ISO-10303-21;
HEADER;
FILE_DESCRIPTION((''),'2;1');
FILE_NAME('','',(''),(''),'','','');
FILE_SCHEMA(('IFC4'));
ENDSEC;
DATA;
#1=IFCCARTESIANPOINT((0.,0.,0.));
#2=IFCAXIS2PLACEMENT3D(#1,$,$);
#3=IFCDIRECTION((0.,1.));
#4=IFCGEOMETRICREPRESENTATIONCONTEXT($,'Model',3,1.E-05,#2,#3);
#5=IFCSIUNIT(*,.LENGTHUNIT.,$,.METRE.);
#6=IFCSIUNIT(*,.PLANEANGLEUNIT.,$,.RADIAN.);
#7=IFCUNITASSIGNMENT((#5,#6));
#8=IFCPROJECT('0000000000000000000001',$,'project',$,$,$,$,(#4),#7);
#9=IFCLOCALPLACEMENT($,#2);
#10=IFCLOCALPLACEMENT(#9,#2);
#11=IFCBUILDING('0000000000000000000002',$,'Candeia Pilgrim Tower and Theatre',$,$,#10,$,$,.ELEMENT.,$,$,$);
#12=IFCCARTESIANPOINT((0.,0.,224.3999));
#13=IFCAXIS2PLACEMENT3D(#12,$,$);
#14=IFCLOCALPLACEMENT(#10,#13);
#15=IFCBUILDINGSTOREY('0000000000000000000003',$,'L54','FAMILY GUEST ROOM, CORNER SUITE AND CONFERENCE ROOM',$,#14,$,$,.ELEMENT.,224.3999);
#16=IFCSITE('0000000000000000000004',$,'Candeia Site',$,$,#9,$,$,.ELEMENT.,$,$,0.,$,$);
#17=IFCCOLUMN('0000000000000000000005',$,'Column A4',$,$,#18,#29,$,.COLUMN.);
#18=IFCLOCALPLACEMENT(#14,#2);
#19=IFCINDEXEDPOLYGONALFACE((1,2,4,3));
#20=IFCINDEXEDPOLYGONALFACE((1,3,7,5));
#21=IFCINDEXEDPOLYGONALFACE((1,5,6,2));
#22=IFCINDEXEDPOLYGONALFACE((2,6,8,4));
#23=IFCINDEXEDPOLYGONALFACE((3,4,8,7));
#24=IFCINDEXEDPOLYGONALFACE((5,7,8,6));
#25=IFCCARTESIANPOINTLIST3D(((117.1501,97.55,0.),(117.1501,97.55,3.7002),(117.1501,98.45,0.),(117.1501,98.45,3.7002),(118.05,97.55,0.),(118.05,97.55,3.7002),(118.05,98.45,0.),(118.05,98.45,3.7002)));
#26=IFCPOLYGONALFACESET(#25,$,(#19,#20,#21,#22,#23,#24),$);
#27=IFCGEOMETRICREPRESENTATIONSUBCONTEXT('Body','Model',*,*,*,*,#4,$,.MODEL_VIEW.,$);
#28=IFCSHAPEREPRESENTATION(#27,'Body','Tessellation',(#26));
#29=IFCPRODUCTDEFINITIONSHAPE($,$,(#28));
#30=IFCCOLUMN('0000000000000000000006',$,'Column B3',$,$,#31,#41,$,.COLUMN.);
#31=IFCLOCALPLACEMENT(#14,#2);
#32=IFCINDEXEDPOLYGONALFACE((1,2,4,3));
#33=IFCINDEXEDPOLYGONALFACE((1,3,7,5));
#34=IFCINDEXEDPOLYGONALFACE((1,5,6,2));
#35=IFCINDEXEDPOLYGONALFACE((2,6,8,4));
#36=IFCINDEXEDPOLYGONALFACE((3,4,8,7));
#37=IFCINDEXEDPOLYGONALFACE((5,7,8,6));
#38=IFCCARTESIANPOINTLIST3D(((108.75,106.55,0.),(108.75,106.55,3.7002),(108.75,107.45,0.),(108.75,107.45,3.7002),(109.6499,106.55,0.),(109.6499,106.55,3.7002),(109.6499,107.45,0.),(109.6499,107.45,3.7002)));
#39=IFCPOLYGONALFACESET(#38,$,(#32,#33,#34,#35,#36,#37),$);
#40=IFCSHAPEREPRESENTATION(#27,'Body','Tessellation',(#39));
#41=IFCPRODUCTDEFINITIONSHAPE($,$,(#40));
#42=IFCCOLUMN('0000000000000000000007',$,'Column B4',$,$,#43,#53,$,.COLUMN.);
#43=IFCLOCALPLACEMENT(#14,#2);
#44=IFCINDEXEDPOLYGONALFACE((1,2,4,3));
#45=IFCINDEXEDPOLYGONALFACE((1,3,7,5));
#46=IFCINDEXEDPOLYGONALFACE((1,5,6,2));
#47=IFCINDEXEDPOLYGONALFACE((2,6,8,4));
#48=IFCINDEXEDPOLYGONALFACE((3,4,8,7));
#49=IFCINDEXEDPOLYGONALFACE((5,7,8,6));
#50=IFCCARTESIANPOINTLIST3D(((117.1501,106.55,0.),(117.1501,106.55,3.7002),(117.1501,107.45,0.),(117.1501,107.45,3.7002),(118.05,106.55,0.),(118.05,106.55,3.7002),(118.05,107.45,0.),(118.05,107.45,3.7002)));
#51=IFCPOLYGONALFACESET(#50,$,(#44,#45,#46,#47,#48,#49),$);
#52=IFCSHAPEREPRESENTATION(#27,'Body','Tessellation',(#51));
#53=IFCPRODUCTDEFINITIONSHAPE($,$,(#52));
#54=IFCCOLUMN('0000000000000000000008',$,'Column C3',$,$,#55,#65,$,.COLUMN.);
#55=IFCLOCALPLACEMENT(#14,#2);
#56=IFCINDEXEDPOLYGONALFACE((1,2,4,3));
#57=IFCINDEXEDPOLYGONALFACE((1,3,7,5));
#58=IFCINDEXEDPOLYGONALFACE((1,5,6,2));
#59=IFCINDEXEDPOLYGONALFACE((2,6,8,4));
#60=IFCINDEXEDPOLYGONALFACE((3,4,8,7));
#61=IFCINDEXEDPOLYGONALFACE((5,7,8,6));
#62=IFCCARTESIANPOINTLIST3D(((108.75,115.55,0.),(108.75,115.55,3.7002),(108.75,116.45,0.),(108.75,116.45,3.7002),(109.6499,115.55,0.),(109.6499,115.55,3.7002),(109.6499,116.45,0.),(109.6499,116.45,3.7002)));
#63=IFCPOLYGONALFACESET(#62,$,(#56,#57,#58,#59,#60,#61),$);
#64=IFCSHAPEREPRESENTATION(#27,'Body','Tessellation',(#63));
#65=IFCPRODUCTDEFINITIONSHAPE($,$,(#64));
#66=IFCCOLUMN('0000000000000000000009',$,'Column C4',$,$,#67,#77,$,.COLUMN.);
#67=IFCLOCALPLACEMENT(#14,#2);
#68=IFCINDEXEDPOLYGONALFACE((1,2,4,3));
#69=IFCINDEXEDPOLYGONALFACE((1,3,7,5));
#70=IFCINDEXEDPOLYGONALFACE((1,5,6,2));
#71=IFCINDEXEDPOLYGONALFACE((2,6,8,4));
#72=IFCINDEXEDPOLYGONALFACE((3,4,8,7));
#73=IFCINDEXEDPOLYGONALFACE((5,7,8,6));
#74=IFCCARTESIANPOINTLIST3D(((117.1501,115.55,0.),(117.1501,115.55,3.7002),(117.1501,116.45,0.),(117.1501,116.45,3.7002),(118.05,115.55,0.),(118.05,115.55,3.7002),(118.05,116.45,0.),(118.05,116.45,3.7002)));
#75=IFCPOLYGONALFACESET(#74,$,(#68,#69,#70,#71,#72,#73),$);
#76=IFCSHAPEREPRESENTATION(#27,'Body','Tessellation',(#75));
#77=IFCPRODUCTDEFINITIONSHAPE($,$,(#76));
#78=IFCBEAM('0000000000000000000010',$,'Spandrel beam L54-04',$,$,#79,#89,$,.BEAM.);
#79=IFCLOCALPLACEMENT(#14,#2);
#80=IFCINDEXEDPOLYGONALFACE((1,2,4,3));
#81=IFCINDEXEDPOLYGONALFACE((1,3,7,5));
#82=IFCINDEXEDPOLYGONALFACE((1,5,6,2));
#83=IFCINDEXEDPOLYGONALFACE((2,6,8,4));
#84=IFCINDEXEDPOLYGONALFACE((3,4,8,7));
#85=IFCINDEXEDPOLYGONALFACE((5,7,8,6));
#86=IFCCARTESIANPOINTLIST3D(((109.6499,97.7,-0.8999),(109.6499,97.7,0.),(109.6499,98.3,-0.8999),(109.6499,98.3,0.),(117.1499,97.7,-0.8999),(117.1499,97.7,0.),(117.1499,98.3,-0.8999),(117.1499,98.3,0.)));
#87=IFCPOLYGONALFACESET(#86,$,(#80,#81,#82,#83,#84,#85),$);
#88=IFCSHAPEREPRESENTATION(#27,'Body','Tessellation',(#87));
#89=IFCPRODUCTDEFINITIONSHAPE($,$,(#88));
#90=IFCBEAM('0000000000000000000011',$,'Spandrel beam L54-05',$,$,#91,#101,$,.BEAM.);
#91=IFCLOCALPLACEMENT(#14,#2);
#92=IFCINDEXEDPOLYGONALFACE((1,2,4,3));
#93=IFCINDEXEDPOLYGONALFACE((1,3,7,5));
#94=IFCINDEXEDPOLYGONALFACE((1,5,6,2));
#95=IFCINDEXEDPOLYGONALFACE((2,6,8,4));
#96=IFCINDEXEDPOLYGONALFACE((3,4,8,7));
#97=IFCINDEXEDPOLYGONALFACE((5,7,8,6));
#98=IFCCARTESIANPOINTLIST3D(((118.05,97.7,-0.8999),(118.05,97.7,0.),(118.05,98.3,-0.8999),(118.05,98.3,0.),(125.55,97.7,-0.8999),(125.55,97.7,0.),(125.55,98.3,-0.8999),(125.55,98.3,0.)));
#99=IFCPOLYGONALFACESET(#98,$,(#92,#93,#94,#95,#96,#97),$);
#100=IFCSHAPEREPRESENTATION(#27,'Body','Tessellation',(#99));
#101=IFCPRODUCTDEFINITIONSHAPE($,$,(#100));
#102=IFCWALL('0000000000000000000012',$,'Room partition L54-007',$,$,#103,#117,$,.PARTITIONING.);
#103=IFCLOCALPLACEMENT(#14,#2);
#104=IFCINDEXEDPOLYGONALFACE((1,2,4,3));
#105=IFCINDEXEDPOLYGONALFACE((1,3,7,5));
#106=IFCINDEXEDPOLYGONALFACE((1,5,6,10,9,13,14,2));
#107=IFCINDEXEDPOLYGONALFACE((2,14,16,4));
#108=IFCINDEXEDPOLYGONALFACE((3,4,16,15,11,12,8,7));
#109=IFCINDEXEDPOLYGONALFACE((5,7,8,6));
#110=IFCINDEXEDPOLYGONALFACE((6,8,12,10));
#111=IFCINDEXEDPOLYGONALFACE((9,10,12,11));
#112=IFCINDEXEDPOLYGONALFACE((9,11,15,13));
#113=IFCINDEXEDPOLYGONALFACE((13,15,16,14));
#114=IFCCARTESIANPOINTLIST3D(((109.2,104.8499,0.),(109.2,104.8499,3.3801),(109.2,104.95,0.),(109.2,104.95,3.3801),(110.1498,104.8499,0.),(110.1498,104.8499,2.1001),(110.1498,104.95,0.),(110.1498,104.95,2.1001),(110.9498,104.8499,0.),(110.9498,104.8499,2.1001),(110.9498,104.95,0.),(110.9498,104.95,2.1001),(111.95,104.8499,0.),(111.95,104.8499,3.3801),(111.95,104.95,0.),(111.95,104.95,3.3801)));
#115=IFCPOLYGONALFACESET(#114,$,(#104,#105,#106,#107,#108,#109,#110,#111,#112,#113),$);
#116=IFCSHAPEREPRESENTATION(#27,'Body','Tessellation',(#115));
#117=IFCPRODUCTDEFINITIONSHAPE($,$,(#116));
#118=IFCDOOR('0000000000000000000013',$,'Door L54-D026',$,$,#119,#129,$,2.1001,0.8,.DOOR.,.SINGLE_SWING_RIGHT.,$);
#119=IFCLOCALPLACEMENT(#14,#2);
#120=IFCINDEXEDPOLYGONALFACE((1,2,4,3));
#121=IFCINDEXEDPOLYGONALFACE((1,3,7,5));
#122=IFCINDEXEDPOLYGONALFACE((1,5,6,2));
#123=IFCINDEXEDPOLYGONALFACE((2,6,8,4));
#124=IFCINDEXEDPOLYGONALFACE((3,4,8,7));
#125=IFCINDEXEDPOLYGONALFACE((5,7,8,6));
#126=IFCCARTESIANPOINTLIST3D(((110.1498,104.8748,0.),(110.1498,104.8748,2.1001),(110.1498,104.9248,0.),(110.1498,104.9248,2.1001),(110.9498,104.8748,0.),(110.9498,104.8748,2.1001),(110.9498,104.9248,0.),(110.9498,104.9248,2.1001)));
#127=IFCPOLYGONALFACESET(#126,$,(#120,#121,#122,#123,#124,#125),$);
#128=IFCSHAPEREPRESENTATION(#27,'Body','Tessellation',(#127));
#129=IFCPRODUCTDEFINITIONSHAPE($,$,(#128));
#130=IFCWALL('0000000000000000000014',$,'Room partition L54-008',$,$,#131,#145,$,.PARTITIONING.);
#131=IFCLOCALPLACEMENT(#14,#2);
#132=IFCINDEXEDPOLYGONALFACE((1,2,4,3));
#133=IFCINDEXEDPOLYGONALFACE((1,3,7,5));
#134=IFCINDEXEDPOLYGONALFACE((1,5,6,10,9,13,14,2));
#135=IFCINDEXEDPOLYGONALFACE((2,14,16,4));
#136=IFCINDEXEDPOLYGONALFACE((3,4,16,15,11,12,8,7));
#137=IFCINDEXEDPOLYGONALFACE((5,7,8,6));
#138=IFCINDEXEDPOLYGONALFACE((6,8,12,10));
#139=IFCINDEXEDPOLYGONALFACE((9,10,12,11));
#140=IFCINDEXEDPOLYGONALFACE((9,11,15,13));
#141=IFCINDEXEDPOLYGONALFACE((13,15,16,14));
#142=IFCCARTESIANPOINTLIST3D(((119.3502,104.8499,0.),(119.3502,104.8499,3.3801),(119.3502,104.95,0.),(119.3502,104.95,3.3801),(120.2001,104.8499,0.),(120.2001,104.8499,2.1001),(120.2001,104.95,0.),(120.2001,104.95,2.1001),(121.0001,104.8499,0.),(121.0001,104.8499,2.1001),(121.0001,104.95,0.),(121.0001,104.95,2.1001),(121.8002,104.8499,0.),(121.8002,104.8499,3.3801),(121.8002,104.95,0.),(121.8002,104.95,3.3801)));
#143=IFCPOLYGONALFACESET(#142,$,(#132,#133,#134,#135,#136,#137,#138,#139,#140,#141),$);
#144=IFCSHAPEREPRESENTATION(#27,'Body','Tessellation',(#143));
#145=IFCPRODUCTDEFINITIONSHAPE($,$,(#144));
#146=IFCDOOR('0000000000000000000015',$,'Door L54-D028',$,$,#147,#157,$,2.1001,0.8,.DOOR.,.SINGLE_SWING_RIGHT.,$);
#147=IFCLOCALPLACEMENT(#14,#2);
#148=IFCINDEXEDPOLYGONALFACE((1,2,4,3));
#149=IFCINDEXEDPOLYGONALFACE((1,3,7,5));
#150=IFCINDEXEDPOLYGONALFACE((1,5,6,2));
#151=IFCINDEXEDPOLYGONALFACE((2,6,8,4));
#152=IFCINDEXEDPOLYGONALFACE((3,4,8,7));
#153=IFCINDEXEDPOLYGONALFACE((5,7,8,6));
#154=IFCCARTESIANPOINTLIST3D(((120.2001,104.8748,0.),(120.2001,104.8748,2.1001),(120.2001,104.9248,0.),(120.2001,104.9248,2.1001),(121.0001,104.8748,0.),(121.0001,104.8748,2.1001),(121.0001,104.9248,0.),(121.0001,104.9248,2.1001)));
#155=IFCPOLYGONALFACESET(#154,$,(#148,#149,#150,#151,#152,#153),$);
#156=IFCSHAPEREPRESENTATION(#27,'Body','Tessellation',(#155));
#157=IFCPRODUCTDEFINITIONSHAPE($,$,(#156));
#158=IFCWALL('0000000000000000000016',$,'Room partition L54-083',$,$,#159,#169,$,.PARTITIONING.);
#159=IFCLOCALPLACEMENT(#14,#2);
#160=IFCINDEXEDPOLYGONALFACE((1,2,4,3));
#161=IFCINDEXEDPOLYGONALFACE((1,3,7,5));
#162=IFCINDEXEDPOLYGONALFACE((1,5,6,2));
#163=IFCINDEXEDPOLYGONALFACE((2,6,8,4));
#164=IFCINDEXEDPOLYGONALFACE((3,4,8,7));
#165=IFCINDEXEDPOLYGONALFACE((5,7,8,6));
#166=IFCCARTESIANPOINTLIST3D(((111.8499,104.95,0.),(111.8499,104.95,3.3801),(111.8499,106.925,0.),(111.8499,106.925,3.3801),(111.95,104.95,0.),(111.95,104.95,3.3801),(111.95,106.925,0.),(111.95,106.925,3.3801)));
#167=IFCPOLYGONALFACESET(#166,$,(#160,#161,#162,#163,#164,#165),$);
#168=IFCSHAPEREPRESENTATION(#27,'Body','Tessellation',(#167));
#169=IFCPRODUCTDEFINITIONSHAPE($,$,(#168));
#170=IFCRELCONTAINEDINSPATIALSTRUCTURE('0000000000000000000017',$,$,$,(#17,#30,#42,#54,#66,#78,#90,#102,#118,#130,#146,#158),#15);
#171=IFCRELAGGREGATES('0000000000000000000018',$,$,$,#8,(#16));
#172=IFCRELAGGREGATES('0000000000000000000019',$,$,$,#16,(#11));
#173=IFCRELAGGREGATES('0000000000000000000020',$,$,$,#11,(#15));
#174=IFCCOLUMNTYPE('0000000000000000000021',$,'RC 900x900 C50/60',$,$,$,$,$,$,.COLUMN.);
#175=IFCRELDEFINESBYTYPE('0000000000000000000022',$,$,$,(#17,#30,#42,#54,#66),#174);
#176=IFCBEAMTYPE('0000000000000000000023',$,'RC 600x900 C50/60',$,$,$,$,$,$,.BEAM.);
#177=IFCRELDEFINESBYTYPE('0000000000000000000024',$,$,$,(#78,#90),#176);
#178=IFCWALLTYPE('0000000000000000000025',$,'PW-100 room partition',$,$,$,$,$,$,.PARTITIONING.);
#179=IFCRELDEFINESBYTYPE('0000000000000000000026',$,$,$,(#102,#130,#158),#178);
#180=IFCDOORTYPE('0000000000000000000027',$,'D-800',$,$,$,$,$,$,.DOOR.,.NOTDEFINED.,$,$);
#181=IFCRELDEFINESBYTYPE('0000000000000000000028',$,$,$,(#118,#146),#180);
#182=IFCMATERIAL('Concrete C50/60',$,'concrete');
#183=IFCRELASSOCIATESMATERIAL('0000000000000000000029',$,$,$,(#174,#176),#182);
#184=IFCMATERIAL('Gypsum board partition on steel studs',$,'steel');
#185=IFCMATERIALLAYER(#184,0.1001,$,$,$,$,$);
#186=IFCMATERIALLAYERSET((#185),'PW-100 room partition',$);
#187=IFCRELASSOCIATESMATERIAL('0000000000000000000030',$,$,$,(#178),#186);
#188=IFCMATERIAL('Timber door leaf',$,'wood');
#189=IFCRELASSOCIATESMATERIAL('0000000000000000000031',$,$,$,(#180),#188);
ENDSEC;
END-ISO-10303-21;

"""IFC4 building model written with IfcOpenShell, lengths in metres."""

from ifc_helpers import new_model, si_unit, direction, frame, frame_2d, origin, origin_2d, place, context, subcontext, project, spatial, rectangle, extrude, material, layer, layer_set, material_profile, profile_set, type_object, element, fill, save


model = new_model("IFC4")

# Units and contexts
model_context = context("Model", 3, precision=1e-05, world=origin(), true_north=direction((0.0, 1.0)))
body_context = subcontext(model_context, "Body", "Model", "MODEL_VIEW")
ifc_project = project(units=[si_unit("LENGTHUNIT", "METRE"), si_unit("PLANEANGLEUNIT", "RADIAN")], contexts=[model_context])

# Site, building, storey
site_placement = place(None, origin())
site = spatial("IfcSite", under=ifc_project, at=site_placement, Name="Candeia Site", CompositionType="ELEMENT", RefElevation=0.0)
building_placement = place(site_placement, origin())
building = spatial("IfcBuilding", under=site, at=building_placement, Name="Candeia Pilgrim Tower and Theatre", CompositionType="ELEMENT")
storey_placement = place(building_placement, frame((0.0, 0.0, 224.3999)))
storey = spatial("IfcBuildingStorey", under=building, at=storey_placement, Name="L54", Description="FAMILY GUEST ROOM, CORNER SUITE AND CONFERENCE ROOM", CompositionType="ELEMENT", Elevation=224.3999)

# Columns
ifc_material_1 = material(Name="Concrete C50/60", Category="concrete")
ifc_material_profile_1 = material_profile(ifc_material_1, rectangle(XDim=0.8999, YDim=0.8999, at=origin_2d()))
ifc_profile_set_1 = profile_set([ifc_material_profile_1], Name="Concrete C50/60")
column_type = type_object("IfcColumnType", Name="RC 900x900 C50/60", PredefinedType="COLUMN", material=ifc_profile_set_1)
for number, where, z_axis, x_axis, name in (
    (1, (117.6001, 98.0, 0.0), (0.0, 0.0, 1.0), (1.0, 0.0, 0.0), "Column A4"),
    (2, (109.2, 107.0, 0.0), (0.0, 0.0, 1.0), (1.0, 0.0, 0.0), "Column B3"),
    (3, (117.6001, 107.0, 0.0), (0.0, 0.0, 1.0), (1.0, 0.0, 0.0), "Column B4"),
    (4, (109.2, 116.0, 0.0), (0.0, 0.0, 1.0), (1.0, 0.0, 0.0), "Column C3"),
    (5, (117.6001, 116.0, 0.0), (0.0, 0.0, 1.0), (1.0, 0.0, 0.0), "Column C4"),
):
    element("IfcColumn", number, at=place(storey_placement, frame(where, z_axis=z_axis, x_axis=x_axis)), inside=storey, type_object=column_type, Name=name, PredefinedType="COLUMN", context=body_context, shape_type="SweptSolid", body=[
        extrude(rectangle(XDim=0.8999, YDim=0.8999, at=origin_2d()), origin(), (0.0, 0.0, 1.0), 3.7002),
    ])

# Beams
ifc_material_profile_2 = material_profile(ifc_material_1, rectangle(XDim=0.6001, YDim=0.8999, at=origin_2d()))
ifc_profile_set_2 = profile_set([ifc_material_profile_2], Name="Concrete C50/60")
beam_type = type_object("IfcBeamType", Name="RC 600x900 C50/60", PredefinedType="BEAM", material=ifc_profile_set_2)
for number, where, z_axis, x_axis, name in (
    (6, (109.6499, 98.0, -0.45), (1.0, 0.0, 0.0), (0.0, 1.0, 0.0), "Spandrel beam L54-04"),
    (7, (118.05, 98.0, -0.45), (1.0, 0.0, 0.0), (0.0, 1.0, 0.0), "Spandrel beam L54-05"),
):
    element("IfcBeam", number, at=place(storey_placement, frame(where, z_axis=z_axis, x_axis=x_axis)), inside=storey, type_object=beam_type, Name=name, PredefinedType="BEAM", context=body_context, shape_type="SweptSolid", body=[
        extrude(rectangle(XDim=0.6001, YDim=0.8999, at=origin_2d()), origin(), (0.0, 0.0, 1.0), 7.5),
    ])

# Walls, openings, doors
ifc_material_2 = material(Name="Gypsum board partition on steel studs", Category="steel")
ifc_layer_1 = layer(ifc_material_2, 0.1001)
ifc_layer_set_1 = layer_set([ifc_layer_1], Name="PW-100 room partition")
wall_type_1 = type_object("IfcWallType", Name="PW-100 room partition", PredefinedType="PARTITIONING", material=ifc_layer_set_1)
wall_1_placement = place(storey_placement, frame((109.2, 104.8999, 0.0), z_axis=(0.0, 0.0, 1.0), x_axis=(1.0, 0.0, 0.0)))
wall_1 = element("IfcWall", 8, at=wall_1_placement, inside=storey, type_object=wall_type_1, Name="Room partition L54-007", PredefinedType="PARTITIONING", context=body_context, shape_type="SweptSolid", body=[
    extrude(rectangle(XDim=2.75, YDim=0.1001, at=frame_2d((1.375, 0.0))), origin(), (0.0, 0.0, 1.0), 3.3801),
])
opening_1_placement = place(wall_1_placement, frame((0.95, 0.0, 0.0)))
opening_1 = element("IfcOpeningElement", 9, at=opening_1_placement, cuts=wall_1, PredefinedType="OPENING", context=body_context, shape_type="SweptSolid", body=[
    extrude(rectangle(XDim=0.8, YDim=2.1001, at=frame_2d((0.3999, 1.05))), frame((0.0, 0.0601, 0.0), z_axis=(0.0, -1.0, 0.0), x_axis=(1.0, 0.0, 0.0)), (0.0, 0.0, 1.0), 0.1201),
])
ifc_material_3 = material(Name="Timber door leaf", Category="wood")
door_type_1 = type_object("IfcDoorType", Name="D-800", OperationType="NOTDEFINED", PredefinedType="DOOR", material=ifc_material_3)
door_1_placement = place(opening_1_placement, origin())
door_1 = element("IfcDoor", 10, at=door_1_placement, inside=storey, type_object=door_type_1, Name="Door L54-D026", OperationType="SINGLE_SWING_RIGHT", OverallHeight=2.1001, OverallWidth=0.8, PredefinedType="DOOR", context=body_context, shape_type="SweptSolid", body=[
    extrude(rectangle(XDim=0.8, YDim=2.1001, at=frame_2d((0.3999, 1.05))), frame((0.0, 0.0249, 0.0), z_axis=(0.0, -1.0, 0.0), x_axis=(1.0, 0.0, 0.0)), (0.0, 0.0, 1.0), 0.05),
])
fill(opening_1, door_1)
wall_2_placement = place(storey_placement, frame((119.3501, 104.8999, 0.0), z_axis=(0.0, 0.0, 1.0), x_axis=(1.0, 0.0, 0.0)))
wall_2 = element("IfcWall", 11, at=wall_2_placement, inside=storey, type_object=wall_type_1, Name="Room partition L54-008", PredefinedType="PARTITIONING", context=body_context, shape_type="SweptSolid", body=[
    extrude(rectangle(XDim=2.45, YDim=0.1001, at=frame_2d((1.2251, 0.0))), origin(), (0.0, 0.0, 1.0), 3.3801),
])
opening_2_placement = place(wall_2_placement, frame((0.8501, 0.0, 0.0)))
opening_2 = element("IfcOpeningElement", 12, at=opening_2_placement, cuts=wall_2, PredefinedType="OPENING", context=body_context, shape_type="SweptSolid", body=[
    extrude(rectangle(XDim=0.8, YDim=2.1001, at=frame_2d((0.3999, 1.05))), frame((0.0, 0.0601, 0.0), z_axis=(0.0, -1.0, 0.0), x_axis=(1.0, 0.0, 0.0)), (0.0, 0.0, 1.0), 0.1201),
])
door_2_placement = place(opening_2_placement, origin())
door_2 = element("IfcDoor", 13, at=door_2_placement, inside=storey, type_object=door_type_1, Name="Door L54-D028", OperationType="SINGLE_SWING_RIGHT", OverallHeight=2.1001, OverallWidth=0.8, PredefinedType="DOOR", context=body_context, shape_type="SweptSolid", body=[
    extrude(rectangle(XDim=0.8, YDim=2.1001, at=frame_2d((0.3999, 1.05))), frame((0.0, 0.0249, 0.0), z_axis=(0.0, -1.0, 0.0), x_axis=(1.0, 0.0, 0.0)), (0.0, 0.0, 1.0), 0.05),
])
fill(opening_2, door_2)

# Wall
wall_3_placement = place(storey_placement, frame((111.8999, 104.95, 0.0), z_axis=(0.0, 0.0, 1.0), x_axis=(0.0, 1.0, 0.0)))
element("IfcWall", 14, at=wall_3_placement, inside=storey, type_object=wall_type_1, Name="Room partition L54-083", PredefinedType="PARTITIONING", context=body_context, shape_type="SweptSolid", body=[
    extrude(rectangle(XDim=1.9751, YDim=0.1001, at=frame_2d((0.9875, 0.0))), origin(), (0.0, 0.0, 1.0), 3.3801),
])

save(model, "model.ifc")
